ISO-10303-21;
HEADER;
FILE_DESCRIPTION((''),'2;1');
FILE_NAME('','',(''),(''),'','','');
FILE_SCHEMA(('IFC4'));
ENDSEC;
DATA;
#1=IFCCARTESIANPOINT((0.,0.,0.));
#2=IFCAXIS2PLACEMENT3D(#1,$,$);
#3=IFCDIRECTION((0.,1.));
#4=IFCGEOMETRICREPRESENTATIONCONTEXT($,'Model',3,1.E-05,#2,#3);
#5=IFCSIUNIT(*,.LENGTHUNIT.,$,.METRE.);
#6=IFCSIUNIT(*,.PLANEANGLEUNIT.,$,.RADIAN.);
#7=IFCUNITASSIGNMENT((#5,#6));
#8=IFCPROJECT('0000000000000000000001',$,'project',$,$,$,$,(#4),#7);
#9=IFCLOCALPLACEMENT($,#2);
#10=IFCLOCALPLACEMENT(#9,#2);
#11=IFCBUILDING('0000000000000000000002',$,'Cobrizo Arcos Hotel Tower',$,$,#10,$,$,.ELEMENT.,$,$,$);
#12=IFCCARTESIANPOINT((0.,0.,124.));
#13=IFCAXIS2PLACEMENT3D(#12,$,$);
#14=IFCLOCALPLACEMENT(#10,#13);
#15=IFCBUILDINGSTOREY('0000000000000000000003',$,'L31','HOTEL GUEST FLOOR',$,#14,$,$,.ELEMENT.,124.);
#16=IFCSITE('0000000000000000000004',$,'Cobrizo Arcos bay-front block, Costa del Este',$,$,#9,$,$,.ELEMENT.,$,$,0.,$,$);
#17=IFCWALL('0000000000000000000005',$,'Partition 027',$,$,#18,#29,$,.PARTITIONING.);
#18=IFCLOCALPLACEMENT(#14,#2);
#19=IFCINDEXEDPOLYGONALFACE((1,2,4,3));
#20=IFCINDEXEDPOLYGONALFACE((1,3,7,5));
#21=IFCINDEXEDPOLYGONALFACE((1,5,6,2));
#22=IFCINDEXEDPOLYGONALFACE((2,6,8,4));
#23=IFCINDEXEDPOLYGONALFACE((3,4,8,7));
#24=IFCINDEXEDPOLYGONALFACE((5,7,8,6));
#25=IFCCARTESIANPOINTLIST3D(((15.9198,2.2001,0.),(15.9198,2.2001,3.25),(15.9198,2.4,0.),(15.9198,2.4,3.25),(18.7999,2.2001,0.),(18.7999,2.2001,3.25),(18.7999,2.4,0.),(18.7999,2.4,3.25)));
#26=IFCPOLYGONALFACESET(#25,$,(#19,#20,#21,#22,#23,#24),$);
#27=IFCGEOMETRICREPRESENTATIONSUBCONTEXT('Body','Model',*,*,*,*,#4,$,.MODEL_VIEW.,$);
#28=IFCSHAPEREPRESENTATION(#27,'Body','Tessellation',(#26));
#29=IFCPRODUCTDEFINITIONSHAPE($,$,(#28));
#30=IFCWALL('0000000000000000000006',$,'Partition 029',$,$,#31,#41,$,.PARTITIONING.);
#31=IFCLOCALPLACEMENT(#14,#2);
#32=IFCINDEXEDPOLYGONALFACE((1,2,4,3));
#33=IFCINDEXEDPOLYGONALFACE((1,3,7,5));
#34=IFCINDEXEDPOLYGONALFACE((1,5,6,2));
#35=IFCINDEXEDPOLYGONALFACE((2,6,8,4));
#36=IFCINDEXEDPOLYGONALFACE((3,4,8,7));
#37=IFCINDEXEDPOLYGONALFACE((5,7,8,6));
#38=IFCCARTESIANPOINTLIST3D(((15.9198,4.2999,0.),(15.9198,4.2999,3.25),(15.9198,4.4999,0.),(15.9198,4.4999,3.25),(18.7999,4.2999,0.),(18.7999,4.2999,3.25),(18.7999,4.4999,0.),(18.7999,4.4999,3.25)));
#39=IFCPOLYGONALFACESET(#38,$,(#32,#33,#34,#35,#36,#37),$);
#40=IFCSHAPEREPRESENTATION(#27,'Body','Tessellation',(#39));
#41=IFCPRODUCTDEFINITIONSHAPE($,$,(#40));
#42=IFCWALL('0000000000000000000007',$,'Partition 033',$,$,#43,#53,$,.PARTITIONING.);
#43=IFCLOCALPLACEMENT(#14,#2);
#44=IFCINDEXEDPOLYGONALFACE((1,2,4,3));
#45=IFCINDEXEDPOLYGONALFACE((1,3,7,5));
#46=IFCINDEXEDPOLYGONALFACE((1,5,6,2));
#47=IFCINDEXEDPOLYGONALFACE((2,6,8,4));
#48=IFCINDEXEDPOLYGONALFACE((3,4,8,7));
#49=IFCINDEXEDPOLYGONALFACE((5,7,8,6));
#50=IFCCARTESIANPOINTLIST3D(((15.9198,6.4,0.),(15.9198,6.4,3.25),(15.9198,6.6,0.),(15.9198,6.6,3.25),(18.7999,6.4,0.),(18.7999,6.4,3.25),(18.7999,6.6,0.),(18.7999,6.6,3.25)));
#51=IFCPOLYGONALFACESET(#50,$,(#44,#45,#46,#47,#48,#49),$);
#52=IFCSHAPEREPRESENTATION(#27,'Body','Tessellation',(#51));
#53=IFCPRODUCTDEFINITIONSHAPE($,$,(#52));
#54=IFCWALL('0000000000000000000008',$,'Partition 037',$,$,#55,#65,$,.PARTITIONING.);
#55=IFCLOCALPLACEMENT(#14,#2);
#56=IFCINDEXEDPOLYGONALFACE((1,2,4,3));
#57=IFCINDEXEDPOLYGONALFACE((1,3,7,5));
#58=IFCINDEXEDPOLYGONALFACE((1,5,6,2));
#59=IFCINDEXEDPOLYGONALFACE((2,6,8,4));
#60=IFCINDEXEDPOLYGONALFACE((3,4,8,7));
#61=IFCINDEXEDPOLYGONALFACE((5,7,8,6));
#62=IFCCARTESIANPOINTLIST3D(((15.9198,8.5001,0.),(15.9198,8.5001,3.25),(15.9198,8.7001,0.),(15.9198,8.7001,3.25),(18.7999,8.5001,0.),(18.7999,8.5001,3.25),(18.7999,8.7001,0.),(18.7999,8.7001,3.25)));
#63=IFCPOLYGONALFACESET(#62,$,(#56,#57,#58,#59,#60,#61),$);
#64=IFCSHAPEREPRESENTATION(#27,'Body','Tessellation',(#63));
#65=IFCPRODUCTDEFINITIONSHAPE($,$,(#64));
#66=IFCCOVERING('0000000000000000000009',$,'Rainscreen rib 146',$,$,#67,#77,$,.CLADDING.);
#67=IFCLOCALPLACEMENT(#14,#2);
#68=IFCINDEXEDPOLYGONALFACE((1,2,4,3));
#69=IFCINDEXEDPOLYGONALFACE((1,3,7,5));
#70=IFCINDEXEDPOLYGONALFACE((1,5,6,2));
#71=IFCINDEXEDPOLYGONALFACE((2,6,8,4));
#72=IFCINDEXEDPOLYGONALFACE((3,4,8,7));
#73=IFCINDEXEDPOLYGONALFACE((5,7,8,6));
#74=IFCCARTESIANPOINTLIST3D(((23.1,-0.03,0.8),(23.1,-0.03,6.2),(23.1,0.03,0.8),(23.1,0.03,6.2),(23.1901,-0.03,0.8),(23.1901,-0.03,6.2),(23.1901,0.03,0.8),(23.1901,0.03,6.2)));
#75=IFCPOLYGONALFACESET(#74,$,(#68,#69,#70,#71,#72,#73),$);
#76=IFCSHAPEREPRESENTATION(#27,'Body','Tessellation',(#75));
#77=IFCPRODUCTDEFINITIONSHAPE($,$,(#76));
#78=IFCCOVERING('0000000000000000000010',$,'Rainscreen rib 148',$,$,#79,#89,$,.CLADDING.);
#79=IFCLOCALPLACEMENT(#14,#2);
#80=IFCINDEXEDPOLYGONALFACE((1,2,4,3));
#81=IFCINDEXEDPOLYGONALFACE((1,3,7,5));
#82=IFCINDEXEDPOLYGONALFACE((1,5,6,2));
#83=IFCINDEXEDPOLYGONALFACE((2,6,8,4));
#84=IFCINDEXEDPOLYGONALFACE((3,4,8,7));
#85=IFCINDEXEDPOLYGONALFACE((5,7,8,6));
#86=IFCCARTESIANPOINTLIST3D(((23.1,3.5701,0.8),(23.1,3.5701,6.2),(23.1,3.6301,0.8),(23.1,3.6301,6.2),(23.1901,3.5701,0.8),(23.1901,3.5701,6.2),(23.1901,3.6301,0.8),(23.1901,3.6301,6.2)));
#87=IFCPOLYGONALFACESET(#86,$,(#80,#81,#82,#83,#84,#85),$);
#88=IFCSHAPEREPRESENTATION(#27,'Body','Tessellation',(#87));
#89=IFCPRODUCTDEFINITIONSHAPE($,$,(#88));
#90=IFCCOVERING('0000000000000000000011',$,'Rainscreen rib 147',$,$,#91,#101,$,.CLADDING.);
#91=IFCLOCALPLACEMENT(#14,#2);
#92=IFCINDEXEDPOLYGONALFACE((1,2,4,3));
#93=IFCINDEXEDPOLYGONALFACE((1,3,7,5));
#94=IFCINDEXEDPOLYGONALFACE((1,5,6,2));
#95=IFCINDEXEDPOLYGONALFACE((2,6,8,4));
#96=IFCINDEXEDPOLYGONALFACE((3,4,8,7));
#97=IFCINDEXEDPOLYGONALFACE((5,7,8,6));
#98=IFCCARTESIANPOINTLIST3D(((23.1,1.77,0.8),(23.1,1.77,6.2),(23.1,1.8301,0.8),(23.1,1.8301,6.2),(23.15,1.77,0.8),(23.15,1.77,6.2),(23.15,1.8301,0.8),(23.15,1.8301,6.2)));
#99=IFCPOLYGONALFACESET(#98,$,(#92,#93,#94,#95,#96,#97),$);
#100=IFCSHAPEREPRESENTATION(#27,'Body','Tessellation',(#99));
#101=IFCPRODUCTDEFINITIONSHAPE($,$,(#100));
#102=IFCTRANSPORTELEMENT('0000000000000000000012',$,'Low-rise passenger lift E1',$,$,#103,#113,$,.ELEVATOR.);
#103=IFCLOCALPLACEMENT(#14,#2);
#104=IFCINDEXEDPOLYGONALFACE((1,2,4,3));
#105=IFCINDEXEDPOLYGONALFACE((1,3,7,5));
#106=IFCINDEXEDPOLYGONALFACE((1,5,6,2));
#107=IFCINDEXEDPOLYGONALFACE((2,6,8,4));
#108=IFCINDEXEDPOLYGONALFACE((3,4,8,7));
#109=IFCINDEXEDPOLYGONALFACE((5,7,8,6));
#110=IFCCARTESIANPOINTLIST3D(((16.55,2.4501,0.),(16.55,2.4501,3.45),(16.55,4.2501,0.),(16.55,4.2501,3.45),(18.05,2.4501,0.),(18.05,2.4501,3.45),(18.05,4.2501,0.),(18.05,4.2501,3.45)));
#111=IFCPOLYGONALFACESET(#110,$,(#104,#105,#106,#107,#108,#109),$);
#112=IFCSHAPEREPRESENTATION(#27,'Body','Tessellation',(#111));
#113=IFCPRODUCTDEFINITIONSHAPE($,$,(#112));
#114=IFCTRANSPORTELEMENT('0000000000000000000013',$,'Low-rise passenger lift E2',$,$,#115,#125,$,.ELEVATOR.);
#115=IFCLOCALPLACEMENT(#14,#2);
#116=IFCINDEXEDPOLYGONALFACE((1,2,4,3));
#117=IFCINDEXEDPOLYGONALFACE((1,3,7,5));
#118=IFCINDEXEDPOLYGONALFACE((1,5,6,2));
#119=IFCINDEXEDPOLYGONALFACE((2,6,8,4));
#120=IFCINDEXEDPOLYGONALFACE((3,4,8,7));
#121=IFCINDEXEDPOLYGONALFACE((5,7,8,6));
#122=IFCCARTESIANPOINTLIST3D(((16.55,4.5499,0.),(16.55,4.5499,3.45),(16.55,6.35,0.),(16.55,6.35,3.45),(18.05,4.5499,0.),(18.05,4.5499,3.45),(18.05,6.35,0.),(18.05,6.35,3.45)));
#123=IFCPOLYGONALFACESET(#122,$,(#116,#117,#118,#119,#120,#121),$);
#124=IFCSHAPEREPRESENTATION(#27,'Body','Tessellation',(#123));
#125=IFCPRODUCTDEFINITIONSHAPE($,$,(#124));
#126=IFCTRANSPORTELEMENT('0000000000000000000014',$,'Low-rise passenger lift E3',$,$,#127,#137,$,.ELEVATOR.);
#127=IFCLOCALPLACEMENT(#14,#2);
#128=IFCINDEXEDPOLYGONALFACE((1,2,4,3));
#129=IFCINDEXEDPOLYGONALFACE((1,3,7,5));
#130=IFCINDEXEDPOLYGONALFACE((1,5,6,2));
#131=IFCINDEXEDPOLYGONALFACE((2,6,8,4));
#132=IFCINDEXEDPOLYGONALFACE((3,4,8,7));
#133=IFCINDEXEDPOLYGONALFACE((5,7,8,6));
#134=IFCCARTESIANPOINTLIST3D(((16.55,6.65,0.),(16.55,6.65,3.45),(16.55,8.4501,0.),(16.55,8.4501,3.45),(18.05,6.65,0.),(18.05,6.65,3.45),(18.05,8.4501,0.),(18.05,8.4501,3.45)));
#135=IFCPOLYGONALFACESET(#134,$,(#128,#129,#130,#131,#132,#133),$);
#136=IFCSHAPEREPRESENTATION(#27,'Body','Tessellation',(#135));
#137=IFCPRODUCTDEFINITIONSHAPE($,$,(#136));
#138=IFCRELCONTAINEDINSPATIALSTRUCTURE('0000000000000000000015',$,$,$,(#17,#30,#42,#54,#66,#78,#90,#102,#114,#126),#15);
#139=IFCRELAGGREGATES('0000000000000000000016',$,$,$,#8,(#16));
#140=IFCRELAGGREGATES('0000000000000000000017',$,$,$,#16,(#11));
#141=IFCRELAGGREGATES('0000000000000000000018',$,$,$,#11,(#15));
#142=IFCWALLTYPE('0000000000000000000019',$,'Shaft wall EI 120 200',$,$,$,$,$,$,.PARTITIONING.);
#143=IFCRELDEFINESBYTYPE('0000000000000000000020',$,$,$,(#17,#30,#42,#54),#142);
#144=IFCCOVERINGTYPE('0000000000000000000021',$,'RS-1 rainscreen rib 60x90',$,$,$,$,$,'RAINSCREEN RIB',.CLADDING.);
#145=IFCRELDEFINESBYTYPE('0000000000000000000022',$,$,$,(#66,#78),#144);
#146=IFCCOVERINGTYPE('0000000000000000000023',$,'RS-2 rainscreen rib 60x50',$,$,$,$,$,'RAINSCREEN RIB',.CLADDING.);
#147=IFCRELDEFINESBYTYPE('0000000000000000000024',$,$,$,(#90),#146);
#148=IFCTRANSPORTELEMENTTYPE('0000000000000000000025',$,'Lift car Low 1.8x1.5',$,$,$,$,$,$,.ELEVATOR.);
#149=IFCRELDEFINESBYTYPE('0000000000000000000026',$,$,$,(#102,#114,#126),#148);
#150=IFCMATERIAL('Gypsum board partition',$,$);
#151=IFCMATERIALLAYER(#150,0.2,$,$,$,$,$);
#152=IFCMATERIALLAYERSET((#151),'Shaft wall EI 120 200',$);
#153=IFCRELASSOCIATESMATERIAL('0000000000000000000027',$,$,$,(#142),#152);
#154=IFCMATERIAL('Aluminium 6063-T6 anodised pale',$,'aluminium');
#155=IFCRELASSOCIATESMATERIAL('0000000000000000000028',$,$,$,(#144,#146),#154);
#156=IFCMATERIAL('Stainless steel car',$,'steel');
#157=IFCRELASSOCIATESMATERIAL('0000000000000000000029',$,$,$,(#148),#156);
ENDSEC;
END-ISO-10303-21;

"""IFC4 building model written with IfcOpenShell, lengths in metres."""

from ifc_helpers import new_model, si_unit, direction, frame, frame_2d, origin, origin_2d, place, context, subcontext, project, spatial, rectangle, extrude, material, layer, layer_set, type_object, element, save


model = new_model("IFC4")

# Units and contexts
model_context = context("Model", 3, precision=1e-05, world=origin(), true_north=direction((0.0, 1.0)))
body_context = subcontext(model_context, "Body", "Model", "MODEL_VIEW")
ifc_project = project(units=[si_unit("LENGTHUNIT", "METRE"), si_unit("PLANEANGLEUNIT", "RADIAN")], contexts=[model_context])

# Site, building, storey
site_placement = place(None, origin())
site = spatial("IfcSite", under=ifc_project, at=site_placement, Name="Cobrizo Arcos bay-front block, Costa del Este", CompositionType="ELEMENT", RefElevation=0.0)
building_placement = place(site_placement, origin())
building = spatial("IfcBuilding", under=site, at=building_placement, Name="Cobrizo Arcos Hotel Tower", CompositionType="ELEMENT")
storey_placement = place(building_placement, frame((0.0, 0.0, 124.0)))
storey = spatial("IfcBuildingStorey", under=building, at=storey_placement, Name="L31", Description="HOTEL GUEST FLOOR", CompositionType="ELEMENT", Elevation=124.0)

# Shared definitions
ifc_material_1 = material(Name="Gypsum board partition")

# Shared definitions
ifc_layer_1 = layer(ifc_material_1, 0.2)
ifc_layer_set_1 = layer_set([ifc_layer_1], Name="Shaft wall EI 120 200")
wall_type_1 = type_object("IfcWallType", Name="Shaft wall EI 120 200", PredefinedType="PARTITIONING", material=ifc_layer_set_1)

# Walls
for number, where, z_axis, x_axis, name in (
    (1, (15.9199, 2.3, 0.0), (0.0, 0.0, 1.0), (1.0, 0.0, 0.0), "Partition 027"),
    (2, (15.9199, 4.3999, 0.0), (0.0, 0.0, 1.0), (1.0, 0.0, 0.0), "Partition 029"),
    (3, (15.9199, 6.5, 0.0), (0.0, 0.0, 1.0), (1.0, 0.0, 0.0), "Partition 033"),
    (4, (15.9199, 8.6001, 0.0), (0.0, 0.0, 1.0), (1.0, 0.0, 0.0), "Partition 037"),
):
    element("IfcWall", number, at=place(storey_placement, frame(where, z_axis=z_axis, x_axis=x_axis)), inside=storey, type_object=wall_type_1, Name=name, PredefinedType="PARTITIONING", context=body_context, shape_type="SweptSolid", body=[
        extrude(rectangle(XDim=2.8801, YDim=0.2, at=frame_2d((1.4399, 0.0))), origin(), (0.0, 0.0, 1.0), 3.25),
    ])

# Coverings
ifc_material_2 = material(Name="Aluminium 6063-T6 anodised pale", Category="aluminium")
covering_type_1 = type_object("IfcCoveringType", Name="RS-1 rainscreen rib 60x90", ElementType="RAINSCREEN RIB", PredefinedType="CLADDING", material=ifc_material_2)
for number, where, z_axis, x_axis, name in (
    (5, (23.145, 0.0, 0.8), (0.0, 0.0, 1.0), (0.0, 1.0, 0.0), "Rainscreen rib 146"),
    (6, (23.145, 3.6001, 0.8), (0.0, 0.0, 1.0), (0.0, 1.0, 0.0), "Rainscreen rib 148"),
):
    element("IfcCovering", number, at=place(storey_placement, frame(where, z_axis=z_axis, x_axis=x_axis)), inside=storey, type_object=covering_type_1, Name=name, PredefinedType="CLADDING", context=body_context, shape_type="SweptSolid", body=[
        extrude(rectangle(XDim=0.0601, YDim=0.0901, at=origin_2d()), origin(), (0.0, 0.0, 1.0), 5.3999),
    ])
covering_type_2 = type_object("IfcCoveringType", Name="RS-2 rainscreen rib 60x50", ElementType="RAINSCREEN RIB", PredefinedType="CLADDING", material=ifc_material_2)
covering_placement = place(storey_placement, frame((23.125, 1.8, 0.8), z_axis=(0.0, 0.0, 1.0), x_axis=(0.0, 1.0, 0.0)))
element("IfcCovering", 7, at=covering_placement, inside=storey, type_object=covering_type_2, Name="Rainscreen rib 147", PredefinedType="CLADDING", context=body_context, shape_type="SweptSolid", body=[
    extrude(rectangle(XDim=0.0601, YDim=0.05, at=origin_2d()), origin(), (0.0, 0.0, 1.0), 5.3999),
])

# Transport elements
ifc_material_3 = material(Name="Stainless steel car", Category="steel")
transport_element_type = type_object("IfcTransportElementType", Name="Lift car Low 1.8x1.5", PredefinedType="ELEVATOR", material=ifc_material_3)
for number, where, z_axis, x_axis, name in (
    (8, (17.3, 3.3501, 0.0), (0.0, 0.0, 1.0), (1.0, 0.0, 0.0), "Low-rise passenger lift E1"),
    (9, (17.3, 5.45, 0.0), (0.0, 0.0, 1.0), (1.0, 0.0, 0.0), "Low-rise passenger lift E2"),
    (10, (17.3, 7.55, 0.0), (0.0, 0.0, 1.0), (1.0, 0.0, 0.0), "Low-rise passenger lift E3"),
):
    element("IfcTransportElement", number, at=place(storey_placement, frame(where, z_axis=z_axis, x_axis=x_axis)), inside=storey, type_object=transport_element_type, Name=name, PredefinedType="ELEVATOR", context=body_context, shape_type="SweptSolid", body=[
        extrude(rectangle(XDim=1.5, YDim=1.8, at=origin_2d()), origin(), (0.0, 0.0, 1.0), 3.45),
    ])

save(model, "model.ifc")
